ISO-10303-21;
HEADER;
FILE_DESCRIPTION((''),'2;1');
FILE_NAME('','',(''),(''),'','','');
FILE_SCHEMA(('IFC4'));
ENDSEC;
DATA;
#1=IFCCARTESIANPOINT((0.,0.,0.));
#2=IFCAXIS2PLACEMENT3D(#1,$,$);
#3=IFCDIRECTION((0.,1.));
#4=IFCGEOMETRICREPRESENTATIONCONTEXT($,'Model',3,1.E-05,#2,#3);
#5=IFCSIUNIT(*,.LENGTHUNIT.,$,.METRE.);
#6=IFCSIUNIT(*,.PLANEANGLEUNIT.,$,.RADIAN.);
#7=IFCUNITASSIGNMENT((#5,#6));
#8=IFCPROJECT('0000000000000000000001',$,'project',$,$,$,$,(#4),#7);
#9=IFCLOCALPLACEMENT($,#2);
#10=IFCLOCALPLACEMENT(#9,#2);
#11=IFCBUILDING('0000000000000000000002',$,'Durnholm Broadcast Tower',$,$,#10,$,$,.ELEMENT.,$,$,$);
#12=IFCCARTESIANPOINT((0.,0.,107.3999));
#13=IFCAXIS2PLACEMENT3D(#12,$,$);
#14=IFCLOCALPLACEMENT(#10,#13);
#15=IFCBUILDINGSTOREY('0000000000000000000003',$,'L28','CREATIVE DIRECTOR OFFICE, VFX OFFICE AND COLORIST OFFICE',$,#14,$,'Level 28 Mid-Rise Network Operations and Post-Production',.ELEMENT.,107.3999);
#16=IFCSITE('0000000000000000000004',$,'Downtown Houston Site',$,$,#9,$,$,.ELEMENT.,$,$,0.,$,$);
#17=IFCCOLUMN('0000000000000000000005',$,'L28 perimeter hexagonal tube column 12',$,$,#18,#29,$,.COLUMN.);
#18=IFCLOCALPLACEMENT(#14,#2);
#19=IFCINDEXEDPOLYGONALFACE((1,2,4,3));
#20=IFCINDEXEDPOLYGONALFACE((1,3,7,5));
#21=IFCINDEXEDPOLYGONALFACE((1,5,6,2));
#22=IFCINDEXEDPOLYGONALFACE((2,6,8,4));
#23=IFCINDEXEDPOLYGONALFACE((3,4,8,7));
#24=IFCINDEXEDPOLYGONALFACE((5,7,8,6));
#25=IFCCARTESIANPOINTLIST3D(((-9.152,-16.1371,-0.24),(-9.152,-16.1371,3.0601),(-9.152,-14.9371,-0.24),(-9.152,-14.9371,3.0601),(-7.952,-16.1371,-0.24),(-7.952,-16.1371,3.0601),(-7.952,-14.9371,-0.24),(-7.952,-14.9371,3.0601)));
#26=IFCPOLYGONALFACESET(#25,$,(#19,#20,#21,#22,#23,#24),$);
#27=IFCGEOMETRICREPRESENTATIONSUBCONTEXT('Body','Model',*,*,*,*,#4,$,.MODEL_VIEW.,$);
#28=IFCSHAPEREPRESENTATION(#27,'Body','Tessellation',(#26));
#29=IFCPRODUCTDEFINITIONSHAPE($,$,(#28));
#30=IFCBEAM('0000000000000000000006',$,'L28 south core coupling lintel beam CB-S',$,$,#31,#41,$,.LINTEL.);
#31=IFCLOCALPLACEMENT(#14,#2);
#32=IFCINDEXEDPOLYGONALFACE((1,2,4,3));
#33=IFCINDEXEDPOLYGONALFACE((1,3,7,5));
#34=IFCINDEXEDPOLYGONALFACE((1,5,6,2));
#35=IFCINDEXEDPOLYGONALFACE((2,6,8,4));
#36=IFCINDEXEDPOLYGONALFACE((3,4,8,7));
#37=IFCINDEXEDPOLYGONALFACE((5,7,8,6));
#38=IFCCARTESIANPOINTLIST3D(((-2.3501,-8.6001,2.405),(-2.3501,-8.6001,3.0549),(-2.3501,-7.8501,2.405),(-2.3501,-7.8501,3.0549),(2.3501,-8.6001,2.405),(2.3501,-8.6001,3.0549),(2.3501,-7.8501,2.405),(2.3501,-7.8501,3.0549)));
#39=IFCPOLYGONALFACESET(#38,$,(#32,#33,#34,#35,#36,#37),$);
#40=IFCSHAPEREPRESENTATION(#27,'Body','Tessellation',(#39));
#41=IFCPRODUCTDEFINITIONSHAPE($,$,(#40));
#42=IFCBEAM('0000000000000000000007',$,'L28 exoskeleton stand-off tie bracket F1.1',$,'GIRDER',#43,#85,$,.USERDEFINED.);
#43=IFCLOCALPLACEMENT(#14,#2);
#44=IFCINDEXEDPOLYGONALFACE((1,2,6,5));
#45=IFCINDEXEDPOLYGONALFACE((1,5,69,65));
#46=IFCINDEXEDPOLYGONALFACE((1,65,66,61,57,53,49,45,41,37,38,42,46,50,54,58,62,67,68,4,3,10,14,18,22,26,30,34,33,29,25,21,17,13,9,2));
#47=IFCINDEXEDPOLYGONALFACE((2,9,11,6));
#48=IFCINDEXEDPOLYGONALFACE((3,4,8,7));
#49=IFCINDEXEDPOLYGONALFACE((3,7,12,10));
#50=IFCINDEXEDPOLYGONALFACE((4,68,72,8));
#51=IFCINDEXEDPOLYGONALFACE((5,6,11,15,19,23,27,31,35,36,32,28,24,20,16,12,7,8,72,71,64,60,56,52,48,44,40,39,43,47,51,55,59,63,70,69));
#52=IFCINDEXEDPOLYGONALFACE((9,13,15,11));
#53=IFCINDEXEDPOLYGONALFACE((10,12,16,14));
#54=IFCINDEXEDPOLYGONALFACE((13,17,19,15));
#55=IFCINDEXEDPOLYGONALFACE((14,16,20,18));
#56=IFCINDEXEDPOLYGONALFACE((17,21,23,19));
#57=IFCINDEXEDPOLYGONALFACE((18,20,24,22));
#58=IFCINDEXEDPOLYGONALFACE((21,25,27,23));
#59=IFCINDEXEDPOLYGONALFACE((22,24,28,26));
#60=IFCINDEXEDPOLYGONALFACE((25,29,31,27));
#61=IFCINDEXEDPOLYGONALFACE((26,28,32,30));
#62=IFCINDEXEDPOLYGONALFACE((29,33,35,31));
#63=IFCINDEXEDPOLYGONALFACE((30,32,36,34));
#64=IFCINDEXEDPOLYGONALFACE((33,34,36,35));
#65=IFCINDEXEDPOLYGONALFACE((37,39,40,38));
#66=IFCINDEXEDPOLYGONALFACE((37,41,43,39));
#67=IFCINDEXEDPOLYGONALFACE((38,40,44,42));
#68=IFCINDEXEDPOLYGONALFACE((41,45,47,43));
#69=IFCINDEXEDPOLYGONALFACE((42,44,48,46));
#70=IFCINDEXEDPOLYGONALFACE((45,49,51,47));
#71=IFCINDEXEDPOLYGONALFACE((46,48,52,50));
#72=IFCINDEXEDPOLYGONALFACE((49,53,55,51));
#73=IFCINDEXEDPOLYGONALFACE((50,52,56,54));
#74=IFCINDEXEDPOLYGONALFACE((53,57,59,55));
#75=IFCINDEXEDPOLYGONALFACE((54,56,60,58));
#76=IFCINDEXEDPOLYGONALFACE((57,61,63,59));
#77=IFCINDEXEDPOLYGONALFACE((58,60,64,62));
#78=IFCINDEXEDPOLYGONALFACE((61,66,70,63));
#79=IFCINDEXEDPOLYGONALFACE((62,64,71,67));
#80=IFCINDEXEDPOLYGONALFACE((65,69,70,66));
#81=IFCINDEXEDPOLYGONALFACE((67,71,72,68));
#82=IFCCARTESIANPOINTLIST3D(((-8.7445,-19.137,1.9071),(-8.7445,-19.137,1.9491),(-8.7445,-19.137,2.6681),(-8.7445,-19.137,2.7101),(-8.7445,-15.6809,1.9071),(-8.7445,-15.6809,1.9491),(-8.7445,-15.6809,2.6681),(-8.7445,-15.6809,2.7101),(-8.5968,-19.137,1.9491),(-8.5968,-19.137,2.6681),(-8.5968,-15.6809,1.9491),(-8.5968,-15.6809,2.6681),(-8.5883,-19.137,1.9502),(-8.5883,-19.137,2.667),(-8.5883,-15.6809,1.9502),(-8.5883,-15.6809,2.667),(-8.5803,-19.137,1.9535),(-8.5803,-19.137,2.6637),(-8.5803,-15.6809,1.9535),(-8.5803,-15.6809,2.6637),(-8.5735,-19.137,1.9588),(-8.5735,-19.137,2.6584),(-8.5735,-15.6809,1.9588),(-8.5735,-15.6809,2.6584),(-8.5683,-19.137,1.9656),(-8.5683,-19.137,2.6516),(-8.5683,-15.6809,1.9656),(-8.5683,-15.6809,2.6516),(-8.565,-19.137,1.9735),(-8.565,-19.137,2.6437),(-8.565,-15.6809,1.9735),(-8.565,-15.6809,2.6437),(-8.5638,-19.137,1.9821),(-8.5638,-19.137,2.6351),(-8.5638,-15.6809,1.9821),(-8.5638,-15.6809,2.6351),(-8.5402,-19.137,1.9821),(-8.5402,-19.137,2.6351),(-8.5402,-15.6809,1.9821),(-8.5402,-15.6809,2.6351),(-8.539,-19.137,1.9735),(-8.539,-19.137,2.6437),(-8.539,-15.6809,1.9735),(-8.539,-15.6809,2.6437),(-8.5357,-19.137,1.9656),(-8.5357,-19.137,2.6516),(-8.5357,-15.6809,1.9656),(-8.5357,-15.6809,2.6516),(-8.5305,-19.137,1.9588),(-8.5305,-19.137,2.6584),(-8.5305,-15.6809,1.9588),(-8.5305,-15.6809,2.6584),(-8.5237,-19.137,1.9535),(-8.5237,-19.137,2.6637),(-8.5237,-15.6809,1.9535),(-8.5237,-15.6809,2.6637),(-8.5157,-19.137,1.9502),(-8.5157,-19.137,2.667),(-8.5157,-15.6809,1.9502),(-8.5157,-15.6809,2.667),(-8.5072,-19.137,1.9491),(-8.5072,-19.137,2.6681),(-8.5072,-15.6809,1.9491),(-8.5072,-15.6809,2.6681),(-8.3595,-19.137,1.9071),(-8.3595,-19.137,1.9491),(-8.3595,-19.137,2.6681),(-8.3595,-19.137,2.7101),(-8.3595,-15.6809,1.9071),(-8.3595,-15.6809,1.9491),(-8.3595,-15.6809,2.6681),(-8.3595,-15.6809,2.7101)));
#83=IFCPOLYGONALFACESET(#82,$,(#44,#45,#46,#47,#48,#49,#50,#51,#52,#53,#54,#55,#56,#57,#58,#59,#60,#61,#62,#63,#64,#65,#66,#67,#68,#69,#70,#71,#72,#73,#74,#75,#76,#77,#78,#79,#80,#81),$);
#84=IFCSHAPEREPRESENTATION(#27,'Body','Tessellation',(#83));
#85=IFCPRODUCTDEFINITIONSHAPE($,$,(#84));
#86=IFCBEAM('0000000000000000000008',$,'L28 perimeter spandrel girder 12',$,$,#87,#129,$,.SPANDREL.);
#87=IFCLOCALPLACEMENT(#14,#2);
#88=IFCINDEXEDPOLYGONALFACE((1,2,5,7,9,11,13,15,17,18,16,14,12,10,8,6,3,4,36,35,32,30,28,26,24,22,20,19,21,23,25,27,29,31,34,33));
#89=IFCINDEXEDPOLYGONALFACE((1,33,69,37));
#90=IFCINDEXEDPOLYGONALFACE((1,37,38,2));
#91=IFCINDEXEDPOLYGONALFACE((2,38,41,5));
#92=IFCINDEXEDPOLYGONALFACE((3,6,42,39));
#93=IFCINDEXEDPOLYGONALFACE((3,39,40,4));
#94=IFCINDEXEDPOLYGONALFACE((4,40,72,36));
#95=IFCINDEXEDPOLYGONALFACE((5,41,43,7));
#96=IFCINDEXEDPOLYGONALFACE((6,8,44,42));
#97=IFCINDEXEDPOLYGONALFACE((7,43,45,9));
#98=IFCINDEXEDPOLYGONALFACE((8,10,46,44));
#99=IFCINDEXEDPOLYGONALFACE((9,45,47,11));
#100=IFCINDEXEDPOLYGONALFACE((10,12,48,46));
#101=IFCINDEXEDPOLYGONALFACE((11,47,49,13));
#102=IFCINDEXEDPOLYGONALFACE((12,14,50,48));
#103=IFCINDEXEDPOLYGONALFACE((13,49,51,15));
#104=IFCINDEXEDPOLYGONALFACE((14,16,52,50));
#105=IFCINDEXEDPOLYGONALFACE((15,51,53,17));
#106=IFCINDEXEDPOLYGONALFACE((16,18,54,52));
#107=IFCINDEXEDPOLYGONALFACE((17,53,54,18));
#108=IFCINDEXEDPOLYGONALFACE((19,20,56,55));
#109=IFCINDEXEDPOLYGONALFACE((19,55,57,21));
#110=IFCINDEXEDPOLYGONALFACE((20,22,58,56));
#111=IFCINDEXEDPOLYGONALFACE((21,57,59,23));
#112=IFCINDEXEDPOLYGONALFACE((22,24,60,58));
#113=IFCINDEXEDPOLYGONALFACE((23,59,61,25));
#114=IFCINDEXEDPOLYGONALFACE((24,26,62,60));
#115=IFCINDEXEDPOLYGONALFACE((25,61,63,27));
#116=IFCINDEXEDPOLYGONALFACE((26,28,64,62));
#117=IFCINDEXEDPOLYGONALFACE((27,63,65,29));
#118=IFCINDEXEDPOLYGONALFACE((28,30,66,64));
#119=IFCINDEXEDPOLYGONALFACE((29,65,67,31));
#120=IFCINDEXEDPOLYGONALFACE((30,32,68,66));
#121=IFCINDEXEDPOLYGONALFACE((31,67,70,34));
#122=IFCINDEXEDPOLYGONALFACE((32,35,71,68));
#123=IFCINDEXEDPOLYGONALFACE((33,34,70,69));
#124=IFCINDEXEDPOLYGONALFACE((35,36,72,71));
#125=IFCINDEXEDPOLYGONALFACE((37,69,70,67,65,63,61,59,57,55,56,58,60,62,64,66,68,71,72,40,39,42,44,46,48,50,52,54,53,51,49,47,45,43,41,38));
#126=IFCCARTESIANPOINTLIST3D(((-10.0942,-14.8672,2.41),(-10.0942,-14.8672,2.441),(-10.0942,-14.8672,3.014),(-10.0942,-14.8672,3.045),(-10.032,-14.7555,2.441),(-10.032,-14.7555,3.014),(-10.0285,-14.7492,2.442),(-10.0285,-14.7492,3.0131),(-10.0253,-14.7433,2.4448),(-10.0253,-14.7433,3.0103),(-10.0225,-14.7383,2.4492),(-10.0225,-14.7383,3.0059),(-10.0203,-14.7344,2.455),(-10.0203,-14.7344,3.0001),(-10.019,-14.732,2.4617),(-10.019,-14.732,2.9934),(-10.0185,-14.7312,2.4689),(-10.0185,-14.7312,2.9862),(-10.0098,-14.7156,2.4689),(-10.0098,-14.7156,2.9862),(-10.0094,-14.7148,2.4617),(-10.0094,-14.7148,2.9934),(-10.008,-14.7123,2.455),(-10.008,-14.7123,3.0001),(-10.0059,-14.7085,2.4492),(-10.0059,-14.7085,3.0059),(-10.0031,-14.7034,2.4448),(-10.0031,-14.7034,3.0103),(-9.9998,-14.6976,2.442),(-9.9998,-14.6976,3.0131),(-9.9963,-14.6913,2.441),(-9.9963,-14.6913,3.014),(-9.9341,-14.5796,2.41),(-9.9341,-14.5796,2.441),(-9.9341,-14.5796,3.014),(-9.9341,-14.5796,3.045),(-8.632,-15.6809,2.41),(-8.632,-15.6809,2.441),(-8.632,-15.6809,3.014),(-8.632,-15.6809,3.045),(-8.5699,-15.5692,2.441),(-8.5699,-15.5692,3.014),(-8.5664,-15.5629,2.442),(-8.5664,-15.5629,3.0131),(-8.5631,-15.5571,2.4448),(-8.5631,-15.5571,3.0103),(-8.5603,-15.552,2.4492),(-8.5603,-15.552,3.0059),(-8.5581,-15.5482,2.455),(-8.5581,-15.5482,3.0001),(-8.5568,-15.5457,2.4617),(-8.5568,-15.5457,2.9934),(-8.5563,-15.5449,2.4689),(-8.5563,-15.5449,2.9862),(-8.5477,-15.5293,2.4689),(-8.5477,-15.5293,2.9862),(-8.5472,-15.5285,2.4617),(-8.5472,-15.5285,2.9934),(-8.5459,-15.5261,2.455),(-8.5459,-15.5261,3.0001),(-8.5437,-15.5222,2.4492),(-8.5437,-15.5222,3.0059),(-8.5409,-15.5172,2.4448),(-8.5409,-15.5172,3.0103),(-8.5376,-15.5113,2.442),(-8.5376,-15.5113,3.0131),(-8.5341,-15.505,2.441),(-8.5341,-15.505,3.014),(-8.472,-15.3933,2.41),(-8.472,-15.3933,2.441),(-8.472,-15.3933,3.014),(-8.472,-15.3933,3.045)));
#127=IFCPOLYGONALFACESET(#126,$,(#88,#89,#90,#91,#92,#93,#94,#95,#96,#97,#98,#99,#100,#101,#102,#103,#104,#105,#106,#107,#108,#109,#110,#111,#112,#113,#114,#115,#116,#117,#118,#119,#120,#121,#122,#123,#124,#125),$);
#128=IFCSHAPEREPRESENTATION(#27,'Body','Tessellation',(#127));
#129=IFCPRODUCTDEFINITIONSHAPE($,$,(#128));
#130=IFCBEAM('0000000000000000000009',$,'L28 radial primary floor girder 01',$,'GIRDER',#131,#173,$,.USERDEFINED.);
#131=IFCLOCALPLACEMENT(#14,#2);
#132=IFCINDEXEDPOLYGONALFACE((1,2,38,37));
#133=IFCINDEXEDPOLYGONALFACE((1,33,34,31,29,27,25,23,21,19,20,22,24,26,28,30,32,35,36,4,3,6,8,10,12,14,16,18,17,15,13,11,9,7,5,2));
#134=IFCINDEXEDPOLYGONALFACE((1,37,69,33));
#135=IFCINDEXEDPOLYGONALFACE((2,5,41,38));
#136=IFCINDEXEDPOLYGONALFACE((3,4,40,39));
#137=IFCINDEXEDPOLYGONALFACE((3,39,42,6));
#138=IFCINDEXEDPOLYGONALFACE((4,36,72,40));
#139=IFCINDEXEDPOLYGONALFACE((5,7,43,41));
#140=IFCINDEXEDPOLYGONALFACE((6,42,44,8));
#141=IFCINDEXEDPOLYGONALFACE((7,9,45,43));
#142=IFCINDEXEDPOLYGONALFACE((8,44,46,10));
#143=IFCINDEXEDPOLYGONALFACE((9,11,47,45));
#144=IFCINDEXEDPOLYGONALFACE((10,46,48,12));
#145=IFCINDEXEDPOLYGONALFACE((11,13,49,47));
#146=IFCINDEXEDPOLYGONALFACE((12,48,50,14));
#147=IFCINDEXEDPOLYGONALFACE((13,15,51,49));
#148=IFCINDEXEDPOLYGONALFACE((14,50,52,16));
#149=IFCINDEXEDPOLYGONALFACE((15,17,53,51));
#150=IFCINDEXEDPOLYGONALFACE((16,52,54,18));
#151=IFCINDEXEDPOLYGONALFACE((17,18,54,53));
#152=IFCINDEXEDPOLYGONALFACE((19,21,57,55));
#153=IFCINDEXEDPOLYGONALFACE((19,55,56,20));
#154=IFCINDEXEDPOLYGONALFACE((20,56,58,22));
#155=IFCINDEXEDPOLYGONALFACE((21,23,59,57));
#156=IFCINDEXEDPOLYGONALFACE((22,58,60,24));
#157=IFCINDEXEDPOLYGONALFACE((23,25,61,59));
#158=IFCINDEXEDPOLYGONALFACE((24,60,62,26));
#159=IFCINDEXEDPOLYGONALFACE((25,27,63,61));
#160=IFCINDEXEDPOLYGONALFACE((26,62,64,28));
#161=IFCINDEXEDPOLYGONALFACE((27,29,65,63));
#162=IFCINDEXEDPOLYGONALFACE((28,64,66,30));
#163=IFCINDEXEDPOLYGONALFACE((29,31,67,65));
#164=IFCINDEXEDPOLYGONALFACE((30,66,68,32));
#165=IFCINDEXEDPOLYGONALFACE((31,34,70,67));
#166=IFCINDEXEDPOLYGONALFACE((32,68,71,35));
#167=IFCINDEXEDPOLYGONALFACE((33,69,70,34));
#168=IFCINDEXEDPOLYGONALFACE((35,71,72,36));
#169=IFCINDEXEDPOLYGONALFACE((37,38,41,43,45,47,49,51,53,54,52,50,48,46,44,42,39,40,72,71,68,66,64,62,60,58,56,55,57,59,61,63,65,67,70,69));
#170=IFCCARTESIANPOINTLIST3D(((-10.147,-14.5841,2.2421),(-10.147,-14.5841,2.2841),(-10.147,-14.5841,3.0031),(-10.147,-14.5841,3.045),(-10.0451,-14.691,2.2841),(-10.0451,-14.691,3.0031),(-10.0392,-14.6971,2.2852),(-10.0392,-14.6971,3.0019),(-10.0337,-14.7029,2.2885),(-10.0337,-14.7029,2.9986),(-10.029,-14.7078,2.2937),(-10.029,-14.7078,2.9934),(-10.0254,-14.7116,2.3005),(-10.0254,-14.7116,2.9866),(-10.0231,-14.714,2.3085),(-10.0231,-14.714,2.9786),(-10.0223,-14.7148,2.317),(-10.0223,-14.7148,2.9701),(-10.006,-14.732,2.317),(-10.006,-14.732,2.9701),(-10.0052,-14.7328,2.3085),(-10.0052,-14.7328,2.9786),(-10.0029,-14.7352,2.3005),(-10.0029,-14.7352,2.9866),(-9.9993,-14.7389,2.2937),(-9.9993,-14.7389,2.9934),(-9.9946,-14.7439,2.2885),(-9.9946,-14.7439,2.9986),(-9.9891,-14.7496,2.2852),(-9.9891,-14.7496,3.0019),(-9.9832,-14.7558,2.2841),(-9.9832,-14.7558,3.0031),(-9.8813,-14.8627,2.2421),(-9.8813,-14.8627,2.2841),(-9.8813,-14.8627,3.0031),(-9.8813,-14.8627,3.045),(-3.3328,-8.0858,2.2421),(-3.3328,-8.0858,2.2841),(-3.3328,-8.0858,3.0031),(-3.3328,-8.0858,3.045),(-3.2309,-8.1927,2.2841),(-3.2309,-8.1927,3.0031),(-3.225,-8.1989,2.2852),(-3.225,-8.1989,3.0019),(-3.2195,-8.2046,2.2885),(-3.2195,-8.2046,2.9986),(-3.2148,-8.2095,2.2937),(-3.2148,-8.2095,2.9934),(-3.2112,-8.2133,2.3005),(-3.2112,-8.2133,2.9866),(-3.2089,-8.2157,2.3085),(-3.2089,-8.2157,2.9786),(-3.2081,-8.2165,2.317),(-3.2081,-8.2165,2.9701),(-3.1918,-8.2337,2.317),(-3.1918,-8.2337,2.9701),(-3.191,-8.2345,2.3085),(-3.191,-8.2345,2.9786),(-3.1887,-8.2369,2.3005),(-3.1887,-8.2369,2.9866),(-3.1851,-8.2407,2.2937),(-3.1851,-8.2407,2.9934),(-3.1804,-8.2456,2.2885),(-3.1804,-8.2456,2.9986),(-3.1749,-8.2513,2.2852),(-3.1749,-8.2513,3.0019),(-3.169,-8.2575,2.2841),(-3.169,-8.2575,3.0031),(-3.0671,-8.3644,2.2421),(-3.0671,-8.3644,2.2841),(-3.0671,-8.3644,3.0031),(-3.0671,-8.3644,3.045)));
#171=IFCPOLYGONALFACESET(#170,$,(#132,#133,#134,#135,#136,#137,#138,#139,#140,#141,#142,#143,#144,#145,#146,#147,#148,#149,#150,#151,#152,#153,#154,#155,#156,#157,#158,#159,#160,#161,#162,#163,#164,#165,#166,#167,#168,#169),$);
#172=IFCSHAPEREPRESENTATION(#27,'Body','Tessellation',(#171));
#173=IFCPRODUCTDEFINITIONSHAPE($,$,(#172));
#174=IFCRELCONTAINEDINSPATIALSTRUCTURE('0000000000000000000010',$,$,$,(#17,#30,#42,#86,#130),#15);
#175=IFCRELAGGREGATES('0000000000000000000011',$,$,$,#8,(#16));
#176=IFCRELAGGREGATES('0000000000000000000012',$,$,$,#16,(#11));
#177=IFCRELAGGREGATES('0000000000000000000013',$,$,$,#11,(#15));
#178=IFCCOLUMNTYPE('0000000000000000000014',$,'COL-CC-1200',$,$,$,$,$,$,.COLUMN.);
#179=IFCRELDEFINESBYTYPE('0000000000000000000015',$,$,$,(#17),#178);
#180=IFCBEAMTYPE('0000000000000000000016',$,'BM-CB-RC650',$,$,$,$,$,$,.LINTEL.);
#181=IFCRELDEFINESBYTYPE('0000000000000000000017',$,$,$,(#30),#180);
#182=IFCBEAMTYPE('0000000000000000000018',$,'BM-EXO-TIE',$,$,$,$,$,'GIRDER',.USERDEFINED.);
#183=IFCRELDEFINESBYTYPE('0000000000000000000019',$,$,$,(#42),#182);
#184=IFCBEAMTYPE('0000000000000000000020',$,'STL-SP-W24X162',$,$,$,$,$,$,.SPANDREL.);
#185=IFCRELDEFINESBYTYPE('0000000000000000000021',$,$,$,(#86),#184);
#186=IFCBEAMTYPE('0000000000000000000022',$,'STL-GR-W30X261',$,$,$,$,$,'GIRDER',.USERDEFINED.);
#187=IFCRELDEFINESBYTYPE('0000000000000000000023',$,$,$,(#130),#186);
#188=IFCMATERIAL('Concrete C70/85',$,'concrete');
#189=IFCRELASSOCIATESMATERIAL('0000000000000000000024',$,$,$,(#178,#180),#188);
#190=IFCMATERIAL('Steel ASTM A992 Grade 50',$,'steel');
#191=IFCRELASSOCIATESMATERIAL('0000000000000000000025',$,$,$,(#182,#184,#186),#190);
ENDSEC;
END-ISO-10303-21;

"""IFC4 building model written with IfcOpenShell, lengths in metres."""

from ifc_helpers import new_model, si_unit, direction, frame, origin, origin_2d, place, context, subcontext, project, spatial, rectangle, i_section, extrude, source, transform, mapped, material, material_profile, profile_set, type_object, type_shapes, element, save


model = new_model("IFC4")

# Units and contexts
model_context = context("Model", 3, precision=1e-05, world=origin(), true_north=direction((0.0, 1.0)))
body_context = subcontext(model_context, "Body", "Model", "MODEL_VIEW")
ifc_project = project(units=[si_unit("LENGTHUNIT", "METRE"), si_unit("PLANEANGLEUNIT", "RADIAN")], contexts=[model_context])

# Site, building, storey
site_placement = place(None, origin())
site = spatial("IfcSite", under=ifc_project, at=site_placement, Name="Downtown Houston Site", CompositionType="ELEMENT", RefElevation=0.0)
building_placement = place(site_placement, origin())
building = spatial("IfcBuilding", under=site, at=building_placement, Name="Durnholm Broadcast Tower", CompositionType="ELEMENT")
storey_placement = place(building_placement, frame((0.0, 0.0, 107.3999)))
storey = spatial("IfcBuildingStorey", under=building, at=storey_placement, Name="L28", Description="CREATIVE DIRECTOR OFFICE, VFX OFFICE AND COLORIST OFFICE", LongName="Level 28 Mid-Rise Network Operations and Post-Production", CompositionType="ELEMENT", Elevation=107.3999)

# Column
ifc_material_1 = material(Name="Concrete C70/85", Category="concrete")
ifc_material_profile_1 = material_profile(ifc_material_1, rectangle(XDim=1.2, YDim=1.2, at=origin_2d()), Name="RC1200X1200")
ifc_profile_set_1 = profile_set([ifc_material_profile_1], Name="Concrete C70/85")
column_type = type_object("IfcColumnType", Name="COL-CC-1200", PredefinedType="COLUMN", material=ifc_profile_set_1)
shared_shape_1 = source(origin(), body_context, "Body", "SweptSolid", [
    extrude(rectangle(XDim=1.2, YDim=1.2, at=origin_2d()), origin(), (0.0, 0.0, 1.0), 3.3),
])
type_shapes(column_type, [shared_shape_1])
column_placement = place(storey_placement, frame((-8.552, -15.5371, -0.24), z_axis=(0.0, 0.0, 1.0), x_axis=(1.0, 0.0, 0.0)))
element("IfcColumn", 1, at=column_placement, inside=storey, type_object=column_type, Name="L28 perimeter hexagonal tube column 12", PredefinedType="COLUMN", context=body_context, shape_type="MappedRepresentation", body=[
    mapped(shared_shape_1, transform((0.0, 0.0, 0.0), x_axis=(1.0, 0.0, 0.0), y_axis=(0.0, 1.0, 0.0), z_axis=(0.0, 0.0, 1.0), scale=1.0)),
])

# Beams
ifc_material_profile_2 = material_profile(ifc_material_1, rectangle(XDim=0.75, YDim=0.6499, at=origin_2d()), Name="RC750X650")
ifc_profile_set_2 = profile_set([ifc_material_profile_2], Name="Concrete C70/85")
beam_type_1 = type_object("IfcBeamType", Name="BM-CB-RC650", PredefinedType="LINTEL", material=ifc_profile_set_2)
shared_shape_2 = source(origin(), body_context, "Body", "SweptSolid", [
    extrude(rectangle(XDim=0.75, YDim=0.6499, at=origin_2d()), origin(), (0.0, 0.0, 1.0), 4.7002),
])
type_shapes(beam_type_1, [shared_shape_2])
beam_1_placement = place(storey_placement, frame((-2.3501, -8.2251, 2.73), z_axis=(1.0, 0.0, 0.0), x_axis=(0.0, 1.0, 0.0)))
element("IfcBeam", 2, at=beam_1_placement, inside=storey, type_object=beam_type_1, Name="L28 south core coupling lintel beam CB-S", PredefinedType="LINTEL", context=body_context, shape_type="MappedRepresentation", body=[
    mapped(shared_shape_2, transform((0.0, 0.0, 0.0), x_axis=(1.0, 0.0, 0.0), y_axis=(0.0, 1.0, 0.0), z_axis=(0.0, 0.0, 1.0), scale=1.0)),
])
ifc_material_2 = material(Name="Steel ASTM A992 Grade 50", Category="steel")
ifc_material_profile_3 = material_profile(ifc_material_2, i_section(OverallWidth=0.385, OverallDepth=0.803, WebThickness=0.0237, FlangeThickness=0.042, FilletRadius=0.033, at=origin_2d()), Name="W30X261")
ifc_profile_set_3 = profile_set([ifc_material_profile_3], Name="Steel ASTM A992 Grade 50")
beam_type_2 = type_object("IfcBeamType", Name="BM-EXO-TIE", ElementType="GIRDER", PredefinedType="USERDEFINED", material=ifc_profile_set_3)
shared_shape_3 = source(origin(), body_context, "Body", "SweptSolid", [
    extrude(i_section(OverallWidth=0.385, OverallDepth=0.803, WebThickness=0.0237, FlangeThickness=0.042, FilletRadius=0.033, at=origin_2d()), origin(), (0.0, 0.0, 1.0), 3.4561),
])
beam_2_placement = place(storey_placement, frame((-8.552, -15.6809, 2.3086), z_axis=(0.0, -1.0, 0.0), x_axis=(1.0, 0.0, 0.0)))
element("IfcBeam", 3, at=beam_2_placement, inside=storey, type_object=beam_type_2, Name="L28 exoskeleton stand-off tie bracket F1.1", ObjectType="GIRDER", PredefinedType="USERDEFINED", context=body_context, shape_type="MappedRepresentation", body=[
    mapped(shared_shape_3, transform((0.0, 0.0, 0.0), x_axis=(1.0, 0.0, 0.0), y_axis=(0.0, 1.0, 0.0), z_axis=(0.0, 0.0, 1.0), scale=1.0)),
])
ifc_material_profile_4 = material_profile(ifc_material_2, i_section(OverallWidth=0.3291, OverallDepth=0.635, WebThickness=0.0178, FlangeThickness=0.031, FilletRadius=0.0278, at=origin_2d()), Name="W24X162")
ifc_profile_set_4 = profile_set([ifc_material_profile_4], Name="Steel ASTM A992 Grade 50")
beam_type_3 = type_object("IfcBeamType", Name="STL-SP-W24X162", PredefinedType="SPANDREL", material=ifc_profile_set_4)
shared_shape_4 = source(origin(), body_context, "Body", "SweptSolid", [
    extrude(i_section(OverallWidth=0.3291, OverallDepth=0.635, WebThickness=0.0178, FlangeThickness=0.031, FilletRadius=0.0278, at=origin_2d()), origin(), (0.0, 0.0, 1.0), 1.6733),
])
type_shapes(beam_type_3, [shared_shape_4])
beam_3_placement = place(storey_placement, frame((-8.552, -15.5371, 2.7275), z_axis=(-0.873799, 0.486287, 0.0), x_axis=(-0.486287, -0.873799, 0.0)))
element("IfcBeam", 4, at=beam_3_placement, inside=storey, type_object=beam_type_3, Name="L28 perimeter spandrel girder 12", PredefinedType="SPANDREL", context=body_context, shape_type="MappedRepresentation", body=[
    mapped(shared_shape_4, transform((0.0, 0.0, 0.0), x_axis=(1.0, 0.0, 0.0), y_axis=(0.0, 1.0, 0.0), z_axis=(0.0, 0.0, 1.0), scale=1.0)),
])
ifc_material_profile_5 = material_profile(ifc_material_2, i_section(OverallWidth=0.385, OverallDepth=0.803, WebThickness=0.0237, FlangeThickness=0.042, FilletRadius=0.033, at=origin_2d()), Name="W30X261")
ifc_profile_set_5 = profile_set([ifc_material_profile_5], Name="Steel ASTM A992 Grade 50")
beam_type_4 = type_object("IfcBeamType", Name="STL-GR-W30X261", ElementType="GIRDER", PredefinedType="USERDEFINED", material=ifc_profile_set_5)
shared_shape_5 = source(origin(), body_context, "Body", "SweptSolid", [
    extrude(i_section(OverallWidth=0.385, OverallDepth=0.803, WebThickness=0.0237, FlangeThickness=0.042, FilletRadius=0.033, at=origin_2d()), origin(), (0.0, 0.0, 1.0), 9.416),
])
beam_4_placement = place(storey_placement, frame((-3.2, -8.2251, 2.6436), z_axis=(-0.723683, -0.690132, 0.0), x_axis=(0.690132, -0.723683, 0.0)))
element("IfcBeam", 5, at=beam_4_placement, inside=storey, type_object=beam_type_4, Name="L28 radial primary floor girder 01", ObjectType="GIRDER", PredefinedType="USERDEFINED", context=body_context, shape_type="MappedRepresentation", body=[
    mapped(shared_shape_5, transform((0.0, 0.0, 0.0), x_axis=(1.0, 0.0, 0.0), y_axis=(0.0, 1.0, 0.0), z_axis=(0.0, 0.0, 1.0), scale=1.0)),
])

save(model, "model.ifc")
